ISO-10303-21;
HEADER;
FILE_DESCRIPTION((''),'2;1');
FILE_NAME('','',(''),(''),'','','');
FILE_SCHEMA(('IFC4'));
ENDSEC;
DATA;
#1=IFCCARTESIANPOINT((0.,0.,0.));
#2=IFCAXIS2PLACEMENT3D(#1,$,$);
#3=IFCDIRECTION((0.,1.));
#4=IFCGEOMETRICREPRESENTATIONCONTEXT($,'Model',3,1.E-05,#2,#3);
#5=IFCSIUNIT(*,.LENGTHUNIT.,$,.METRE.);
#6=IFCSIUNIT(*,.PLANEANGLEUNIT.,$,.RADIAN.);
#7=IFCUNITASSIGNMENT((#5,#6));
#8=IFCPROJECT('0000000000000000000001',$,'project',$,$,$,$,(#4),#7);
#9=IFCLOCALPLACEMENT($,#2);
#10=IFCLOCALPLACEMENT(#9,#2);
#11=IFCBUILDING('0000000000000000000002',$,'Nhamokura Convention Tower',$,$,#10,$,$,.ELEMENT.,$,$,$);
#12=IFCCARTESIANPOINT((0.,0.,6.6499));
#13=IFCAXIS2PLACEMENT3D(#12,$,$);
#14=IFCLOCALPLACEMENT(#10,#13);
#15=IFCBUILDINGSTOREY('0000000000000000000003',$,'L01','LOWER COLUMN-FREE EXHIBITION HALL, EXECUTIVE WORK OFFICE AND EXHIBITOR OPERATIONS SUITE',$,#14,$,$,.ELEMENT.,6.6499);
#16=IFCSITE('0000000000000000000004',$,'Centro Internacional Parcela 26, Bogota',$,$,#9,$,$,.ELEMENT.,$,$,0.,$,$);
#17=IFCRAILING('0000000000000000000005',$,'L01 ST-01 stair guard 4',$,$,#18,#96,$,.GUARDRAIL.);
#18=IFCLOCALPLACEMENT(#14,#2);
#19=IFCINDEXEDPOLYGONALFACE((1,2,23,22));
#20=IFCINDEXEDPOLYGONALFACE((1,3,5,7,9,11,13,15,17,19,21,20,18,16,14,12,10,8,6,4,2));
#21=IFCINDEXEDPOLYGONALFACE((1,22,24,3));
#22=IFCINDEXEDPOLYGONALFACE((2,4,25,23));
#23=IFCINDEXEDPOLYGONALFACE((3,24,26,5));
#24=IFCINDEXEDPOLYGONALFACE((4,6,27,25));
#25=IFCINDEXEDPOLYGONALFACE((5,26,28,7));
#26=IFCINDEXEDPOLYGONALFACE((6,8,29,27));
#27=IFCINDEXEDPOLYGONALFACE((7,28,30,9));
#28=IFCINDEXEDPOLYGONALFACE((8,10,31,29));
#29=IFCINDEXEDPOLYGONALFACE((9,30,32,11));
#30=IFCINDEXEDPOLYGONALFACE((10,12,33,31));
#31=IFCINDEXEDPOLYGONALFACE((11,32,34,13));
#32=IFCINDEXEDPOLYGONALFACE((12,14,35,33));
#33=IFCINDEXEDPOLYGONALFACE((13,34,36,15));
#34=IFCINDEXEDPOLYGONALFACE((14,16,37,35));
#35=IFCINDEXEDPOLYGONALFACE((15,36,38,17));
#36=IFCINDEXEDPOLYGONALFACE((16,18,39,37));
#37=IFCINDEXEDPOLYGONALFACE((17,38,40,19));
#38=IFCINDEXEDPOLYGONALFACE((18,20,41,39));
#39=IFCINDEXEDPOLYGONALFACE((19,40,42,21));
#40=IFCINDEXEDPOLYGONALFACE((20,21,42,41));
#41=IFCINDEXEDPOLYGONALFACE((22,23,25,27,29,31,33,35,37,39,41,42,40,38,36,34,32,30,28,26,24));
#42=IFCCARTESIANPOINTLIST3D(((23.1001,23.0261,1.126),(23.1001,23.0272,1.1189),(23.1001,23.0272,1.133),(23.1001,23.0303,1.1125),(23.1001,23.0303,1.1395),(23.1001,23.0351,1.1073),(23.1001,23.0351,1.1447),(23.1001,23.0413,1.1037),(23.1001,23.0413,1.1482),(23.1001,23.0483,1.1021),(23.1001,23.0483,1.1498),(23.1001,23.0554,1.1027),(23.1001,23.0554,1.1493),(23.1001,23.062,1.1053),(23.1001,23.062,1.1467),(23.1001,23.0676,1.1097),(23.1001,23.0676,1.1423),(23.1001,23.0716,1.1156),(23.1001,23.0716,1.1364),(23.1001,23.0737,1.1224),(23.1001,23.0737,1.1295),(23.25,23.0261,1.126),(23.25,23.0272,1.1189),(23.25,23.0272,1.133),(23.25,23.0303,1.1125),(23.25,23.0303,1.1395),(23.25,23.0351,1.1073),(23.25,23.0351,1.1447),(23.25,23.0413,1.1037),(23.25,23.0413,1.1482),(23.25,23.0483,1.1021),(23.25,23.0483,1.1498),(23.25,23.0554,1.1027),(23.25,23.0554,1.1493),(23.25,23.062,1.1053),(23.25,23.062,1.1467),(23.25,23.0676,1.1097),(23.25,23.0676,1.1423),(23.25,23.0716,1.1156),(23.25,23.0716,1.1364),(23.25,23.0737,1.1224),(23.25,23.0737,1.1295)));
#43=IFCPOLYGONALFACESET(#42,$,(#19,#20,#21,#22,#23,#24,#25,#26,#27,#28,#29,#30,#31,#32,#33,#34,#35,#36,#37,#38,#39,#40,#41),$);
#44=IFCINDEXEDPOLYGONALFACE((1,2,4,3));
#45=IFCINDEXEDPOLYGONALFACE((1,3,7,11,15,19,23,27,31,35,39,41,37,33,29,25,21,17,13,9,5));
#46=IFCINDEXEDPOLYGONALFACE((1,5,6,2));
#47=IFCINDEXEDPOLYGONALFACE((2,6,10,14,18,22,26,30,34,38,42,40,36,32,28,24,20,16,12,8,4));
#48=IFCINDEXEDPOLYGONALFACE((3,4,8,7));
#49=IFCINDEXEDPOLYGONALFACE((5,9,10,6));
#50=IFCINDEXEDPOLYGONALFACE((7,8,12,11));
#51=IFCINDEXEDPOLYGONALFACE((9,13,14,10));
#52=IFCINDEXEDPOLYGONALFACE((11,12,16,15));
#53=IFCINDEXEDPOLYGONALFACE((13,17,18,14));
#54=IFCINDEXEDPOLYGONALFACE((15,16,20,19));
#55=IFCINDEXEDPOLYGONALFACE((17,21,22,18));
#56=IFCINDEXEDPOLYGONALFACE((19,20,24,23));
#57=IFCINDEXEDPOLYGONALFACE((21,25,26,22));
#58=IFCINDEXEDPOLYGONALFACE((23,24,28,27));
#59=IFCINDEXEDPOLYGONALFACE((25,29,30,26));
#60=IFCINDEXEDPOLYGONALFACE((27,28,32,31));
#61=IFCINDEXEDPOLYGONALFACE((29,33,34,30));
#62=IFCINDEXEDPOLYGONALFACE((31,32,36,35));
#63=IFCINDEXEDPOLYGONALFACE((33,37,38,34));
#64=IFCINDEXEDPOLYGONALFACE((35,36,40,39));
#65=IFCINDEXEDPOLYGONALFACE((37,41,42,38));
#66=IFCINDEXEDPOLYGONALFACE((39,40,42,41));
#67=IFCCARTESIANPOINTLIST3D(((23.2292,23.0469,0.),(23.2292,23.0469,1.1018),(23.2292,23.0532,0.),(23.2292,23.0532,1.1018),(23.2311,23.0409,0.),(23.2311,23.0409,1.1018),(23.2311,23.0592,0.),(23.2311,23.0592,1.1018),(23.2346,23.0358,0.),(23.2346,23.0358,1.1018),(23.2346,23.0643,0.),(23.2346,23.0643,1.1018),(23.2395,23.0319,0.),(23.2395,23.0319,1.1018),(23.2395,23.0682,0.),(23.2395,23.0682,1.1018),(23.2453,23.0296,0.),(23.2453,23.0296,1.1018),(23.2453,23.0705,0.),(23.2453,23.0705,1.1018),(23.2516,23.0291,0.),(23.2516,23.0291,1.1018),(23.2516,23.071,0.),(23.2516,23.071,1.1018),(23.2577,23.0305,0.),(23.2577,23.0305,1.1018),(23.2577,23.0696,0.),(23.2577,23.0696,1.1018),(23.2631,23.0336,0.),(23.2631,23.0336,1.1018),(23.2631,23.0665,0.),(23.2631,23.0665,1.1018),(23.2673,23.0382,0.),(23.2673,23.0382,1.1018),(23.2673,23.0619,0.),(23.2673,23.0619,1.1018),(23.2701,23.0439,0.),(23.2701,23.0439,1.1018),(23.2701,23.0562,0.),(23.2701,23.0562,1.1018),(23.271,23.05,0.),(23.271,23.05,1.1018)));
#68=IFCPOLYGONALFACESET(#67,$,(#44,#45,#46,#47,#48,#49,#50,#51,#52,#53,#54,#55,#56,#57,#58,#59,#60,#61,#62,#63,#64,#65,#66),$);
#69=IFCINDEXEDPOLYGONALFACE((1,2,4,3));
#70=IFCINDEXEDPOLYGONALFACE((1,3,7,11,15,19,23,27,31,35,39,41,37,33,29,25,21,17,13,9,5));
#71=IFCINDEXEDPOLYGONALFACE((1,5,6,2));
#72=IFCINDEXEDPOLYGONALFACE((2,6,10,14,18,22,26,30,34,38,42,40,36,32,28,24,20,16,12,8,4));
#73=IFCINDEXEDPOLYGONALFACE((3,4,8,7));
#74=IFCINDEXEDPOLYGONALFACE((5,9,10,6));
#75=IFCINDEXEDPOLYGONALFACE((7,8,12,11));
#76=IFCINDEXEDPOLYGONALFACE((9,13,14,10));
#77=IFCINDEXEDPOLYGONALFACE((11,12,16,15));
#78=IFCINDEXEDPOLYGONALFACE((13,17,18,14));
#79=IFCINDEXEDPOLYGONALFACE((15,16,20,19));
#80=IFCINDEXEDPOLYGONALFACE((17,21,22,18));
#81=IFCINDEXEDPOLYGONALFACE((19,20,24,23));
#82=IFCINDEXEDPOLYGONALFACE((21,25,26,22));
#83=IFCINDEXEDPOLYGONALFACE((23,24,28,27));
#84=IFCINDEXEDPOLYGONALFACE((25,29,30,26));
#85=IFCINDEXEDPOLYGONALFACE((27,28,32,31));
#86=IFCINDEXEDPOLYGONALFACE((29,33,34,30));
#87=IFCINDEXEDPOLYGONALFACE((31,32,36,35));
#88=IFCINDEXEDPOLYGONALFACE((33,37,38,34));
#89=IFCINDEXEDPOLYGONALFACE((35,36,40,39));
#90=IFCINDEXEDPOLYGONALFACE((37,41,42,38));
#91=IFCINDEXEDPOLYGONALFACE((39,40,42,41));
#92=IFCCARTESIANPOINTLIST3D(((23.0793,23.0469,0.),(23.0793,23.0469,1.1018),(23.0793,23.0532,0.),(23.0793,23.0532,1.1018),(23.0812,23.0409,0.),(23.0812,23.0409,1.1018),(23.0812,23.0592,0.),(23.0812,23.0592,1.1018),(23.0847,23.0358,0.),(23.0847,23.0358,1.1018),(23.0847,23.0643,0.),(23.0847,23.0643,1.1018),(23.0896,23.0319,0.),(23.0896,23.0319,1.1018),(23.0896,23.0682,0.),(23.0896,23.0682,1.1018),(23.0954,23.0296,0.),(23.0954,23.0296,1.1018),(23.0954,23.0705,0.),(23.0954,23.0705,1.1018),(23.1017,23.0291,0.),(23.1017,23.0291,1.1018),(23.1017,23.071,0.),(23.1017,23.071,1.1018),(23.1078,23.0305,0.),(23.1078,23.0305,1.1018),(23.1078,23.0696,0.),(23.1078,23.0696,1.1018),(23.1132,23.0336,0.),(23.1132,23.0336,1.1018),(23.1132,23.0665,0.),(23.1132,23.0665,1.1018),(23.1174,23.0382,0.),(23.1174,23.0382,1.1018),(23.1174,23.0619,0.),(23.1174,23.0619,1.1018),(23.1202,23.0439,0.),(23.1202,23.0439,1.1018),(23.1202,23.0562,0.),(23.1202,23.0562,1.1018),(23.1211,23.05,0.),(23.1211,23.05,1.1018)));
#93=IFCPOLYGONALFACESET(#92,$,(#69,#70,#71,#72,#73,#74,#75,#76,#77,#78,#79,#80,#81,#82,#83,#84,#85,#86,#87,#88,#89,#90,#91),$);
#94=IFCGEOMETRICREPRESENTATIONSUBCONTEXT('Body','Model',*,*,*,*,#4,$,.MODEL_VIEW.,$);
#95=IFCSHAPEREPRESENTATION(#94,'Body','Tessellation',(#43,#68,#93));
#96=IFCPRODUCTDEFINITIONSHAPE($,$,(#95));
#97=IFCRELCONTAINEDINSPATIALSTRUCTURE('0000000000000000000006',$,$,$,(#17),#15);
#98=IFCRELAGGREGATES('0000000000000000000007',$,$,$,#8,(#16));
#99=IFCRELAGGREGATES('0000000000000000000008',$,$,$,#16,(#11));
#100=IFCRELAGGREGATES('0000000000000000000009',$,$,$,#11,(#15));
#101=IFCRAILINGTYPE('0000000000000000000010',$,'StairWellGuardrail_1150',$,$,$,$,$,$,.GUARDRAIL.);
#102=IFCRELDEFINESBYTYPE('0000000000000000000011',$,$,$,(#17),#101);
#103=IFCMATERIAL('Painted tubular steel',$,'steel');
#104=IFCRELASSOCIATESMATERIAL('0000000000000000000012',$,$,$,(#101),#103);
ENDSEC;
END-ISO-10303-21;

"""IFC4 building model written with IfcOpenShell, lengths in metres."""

from ifc_helpers import new_model, si_unit, direction, frame, origin, origin_2d, place, context, subcontext, project, spatial, circle, extrude, material, type_object, element, save


model = new_model("IFC4")

# Units and contexts
model_context = context("Model", 3, precision=1e-05, world=origin(), true_north=direction((0.0, 1.0)))
body_context = subcontext(model_context, "Body", "Model", "MODEL_VIEW")
ifc_project = project(units=[si_unit("LENGTHUNIT", "METRE"), si_unit("PLANEANGLEUNIT", "RADIAN")], contexts=[model_context])

# Site, building, storey
site_placement = place(None, origin())
site = spatial("IfcSite", under=ifc_project, at=site_placement, Name="Centro Internacional Parcela 26, Bogota", CompositionType="ELEMENT", RefElevation=0.0)
building_placement = place(site_placement, origin())
building = spatial("IfcBuilding", under=site, at=building_placement, Name="Nhamokura Convention Tower", CompositionType="ELEMENT")
storey_placement = place(building_placement, frame((0.0, 0.0, 6.6499)))
storey = spatial("IfcBuildingStorey", under=building, at=storey_placement, Name="L01", Description="LOWER COLUMN-FREE EXHIBITION HALL, EXECUTIVE WORK OFFICE AND EXHIBITOR OPERATIONS SUITE", CompositionType="ELEMENT", Elevation=6.6499)

# Railing
ifc_material_1 = material(Name="Painted tubular steel", Category="steel")
railing_type_1 = type_object("IfcRailingType", Name="StairWellGuardrail_1150", PredefinedType="GUARDRAIL", material=ifc_material_1)
railing_1_placement = place(storey_placement, frame((23.25, 23.05, 0.0)))
element("IfcRailing", 1, at=railing_1_placement, inside=storey, type_object=railing_type_1, Name="L01 ST-01 stair guard 4", PredefinedType="GUARDRAIL", context=body_context, shape_type="SweptSolid", body=[
    extrude(circle(Radius=0.0239, at=origin_2d()), frame((0.0, 0.0, 1.126), z_axis=(-1.0, 0.0, 0.0), x_axis=(0.0, -1.0, 0.0)), (0.0, 0.0, 1.0), 0.1499),
    extrude(circle(Radius=0.021, at=origin_2d()), origin(), (0.0, 0.0, 1.0), 1.1018),
    extrude(circle(Radius=0.021, at=origin_2d()), frame((-0.1499, 0.0, 0.0)), (0.0, 0.0, 1.0), 1.1018),
])

save(model, "model.ifc")
